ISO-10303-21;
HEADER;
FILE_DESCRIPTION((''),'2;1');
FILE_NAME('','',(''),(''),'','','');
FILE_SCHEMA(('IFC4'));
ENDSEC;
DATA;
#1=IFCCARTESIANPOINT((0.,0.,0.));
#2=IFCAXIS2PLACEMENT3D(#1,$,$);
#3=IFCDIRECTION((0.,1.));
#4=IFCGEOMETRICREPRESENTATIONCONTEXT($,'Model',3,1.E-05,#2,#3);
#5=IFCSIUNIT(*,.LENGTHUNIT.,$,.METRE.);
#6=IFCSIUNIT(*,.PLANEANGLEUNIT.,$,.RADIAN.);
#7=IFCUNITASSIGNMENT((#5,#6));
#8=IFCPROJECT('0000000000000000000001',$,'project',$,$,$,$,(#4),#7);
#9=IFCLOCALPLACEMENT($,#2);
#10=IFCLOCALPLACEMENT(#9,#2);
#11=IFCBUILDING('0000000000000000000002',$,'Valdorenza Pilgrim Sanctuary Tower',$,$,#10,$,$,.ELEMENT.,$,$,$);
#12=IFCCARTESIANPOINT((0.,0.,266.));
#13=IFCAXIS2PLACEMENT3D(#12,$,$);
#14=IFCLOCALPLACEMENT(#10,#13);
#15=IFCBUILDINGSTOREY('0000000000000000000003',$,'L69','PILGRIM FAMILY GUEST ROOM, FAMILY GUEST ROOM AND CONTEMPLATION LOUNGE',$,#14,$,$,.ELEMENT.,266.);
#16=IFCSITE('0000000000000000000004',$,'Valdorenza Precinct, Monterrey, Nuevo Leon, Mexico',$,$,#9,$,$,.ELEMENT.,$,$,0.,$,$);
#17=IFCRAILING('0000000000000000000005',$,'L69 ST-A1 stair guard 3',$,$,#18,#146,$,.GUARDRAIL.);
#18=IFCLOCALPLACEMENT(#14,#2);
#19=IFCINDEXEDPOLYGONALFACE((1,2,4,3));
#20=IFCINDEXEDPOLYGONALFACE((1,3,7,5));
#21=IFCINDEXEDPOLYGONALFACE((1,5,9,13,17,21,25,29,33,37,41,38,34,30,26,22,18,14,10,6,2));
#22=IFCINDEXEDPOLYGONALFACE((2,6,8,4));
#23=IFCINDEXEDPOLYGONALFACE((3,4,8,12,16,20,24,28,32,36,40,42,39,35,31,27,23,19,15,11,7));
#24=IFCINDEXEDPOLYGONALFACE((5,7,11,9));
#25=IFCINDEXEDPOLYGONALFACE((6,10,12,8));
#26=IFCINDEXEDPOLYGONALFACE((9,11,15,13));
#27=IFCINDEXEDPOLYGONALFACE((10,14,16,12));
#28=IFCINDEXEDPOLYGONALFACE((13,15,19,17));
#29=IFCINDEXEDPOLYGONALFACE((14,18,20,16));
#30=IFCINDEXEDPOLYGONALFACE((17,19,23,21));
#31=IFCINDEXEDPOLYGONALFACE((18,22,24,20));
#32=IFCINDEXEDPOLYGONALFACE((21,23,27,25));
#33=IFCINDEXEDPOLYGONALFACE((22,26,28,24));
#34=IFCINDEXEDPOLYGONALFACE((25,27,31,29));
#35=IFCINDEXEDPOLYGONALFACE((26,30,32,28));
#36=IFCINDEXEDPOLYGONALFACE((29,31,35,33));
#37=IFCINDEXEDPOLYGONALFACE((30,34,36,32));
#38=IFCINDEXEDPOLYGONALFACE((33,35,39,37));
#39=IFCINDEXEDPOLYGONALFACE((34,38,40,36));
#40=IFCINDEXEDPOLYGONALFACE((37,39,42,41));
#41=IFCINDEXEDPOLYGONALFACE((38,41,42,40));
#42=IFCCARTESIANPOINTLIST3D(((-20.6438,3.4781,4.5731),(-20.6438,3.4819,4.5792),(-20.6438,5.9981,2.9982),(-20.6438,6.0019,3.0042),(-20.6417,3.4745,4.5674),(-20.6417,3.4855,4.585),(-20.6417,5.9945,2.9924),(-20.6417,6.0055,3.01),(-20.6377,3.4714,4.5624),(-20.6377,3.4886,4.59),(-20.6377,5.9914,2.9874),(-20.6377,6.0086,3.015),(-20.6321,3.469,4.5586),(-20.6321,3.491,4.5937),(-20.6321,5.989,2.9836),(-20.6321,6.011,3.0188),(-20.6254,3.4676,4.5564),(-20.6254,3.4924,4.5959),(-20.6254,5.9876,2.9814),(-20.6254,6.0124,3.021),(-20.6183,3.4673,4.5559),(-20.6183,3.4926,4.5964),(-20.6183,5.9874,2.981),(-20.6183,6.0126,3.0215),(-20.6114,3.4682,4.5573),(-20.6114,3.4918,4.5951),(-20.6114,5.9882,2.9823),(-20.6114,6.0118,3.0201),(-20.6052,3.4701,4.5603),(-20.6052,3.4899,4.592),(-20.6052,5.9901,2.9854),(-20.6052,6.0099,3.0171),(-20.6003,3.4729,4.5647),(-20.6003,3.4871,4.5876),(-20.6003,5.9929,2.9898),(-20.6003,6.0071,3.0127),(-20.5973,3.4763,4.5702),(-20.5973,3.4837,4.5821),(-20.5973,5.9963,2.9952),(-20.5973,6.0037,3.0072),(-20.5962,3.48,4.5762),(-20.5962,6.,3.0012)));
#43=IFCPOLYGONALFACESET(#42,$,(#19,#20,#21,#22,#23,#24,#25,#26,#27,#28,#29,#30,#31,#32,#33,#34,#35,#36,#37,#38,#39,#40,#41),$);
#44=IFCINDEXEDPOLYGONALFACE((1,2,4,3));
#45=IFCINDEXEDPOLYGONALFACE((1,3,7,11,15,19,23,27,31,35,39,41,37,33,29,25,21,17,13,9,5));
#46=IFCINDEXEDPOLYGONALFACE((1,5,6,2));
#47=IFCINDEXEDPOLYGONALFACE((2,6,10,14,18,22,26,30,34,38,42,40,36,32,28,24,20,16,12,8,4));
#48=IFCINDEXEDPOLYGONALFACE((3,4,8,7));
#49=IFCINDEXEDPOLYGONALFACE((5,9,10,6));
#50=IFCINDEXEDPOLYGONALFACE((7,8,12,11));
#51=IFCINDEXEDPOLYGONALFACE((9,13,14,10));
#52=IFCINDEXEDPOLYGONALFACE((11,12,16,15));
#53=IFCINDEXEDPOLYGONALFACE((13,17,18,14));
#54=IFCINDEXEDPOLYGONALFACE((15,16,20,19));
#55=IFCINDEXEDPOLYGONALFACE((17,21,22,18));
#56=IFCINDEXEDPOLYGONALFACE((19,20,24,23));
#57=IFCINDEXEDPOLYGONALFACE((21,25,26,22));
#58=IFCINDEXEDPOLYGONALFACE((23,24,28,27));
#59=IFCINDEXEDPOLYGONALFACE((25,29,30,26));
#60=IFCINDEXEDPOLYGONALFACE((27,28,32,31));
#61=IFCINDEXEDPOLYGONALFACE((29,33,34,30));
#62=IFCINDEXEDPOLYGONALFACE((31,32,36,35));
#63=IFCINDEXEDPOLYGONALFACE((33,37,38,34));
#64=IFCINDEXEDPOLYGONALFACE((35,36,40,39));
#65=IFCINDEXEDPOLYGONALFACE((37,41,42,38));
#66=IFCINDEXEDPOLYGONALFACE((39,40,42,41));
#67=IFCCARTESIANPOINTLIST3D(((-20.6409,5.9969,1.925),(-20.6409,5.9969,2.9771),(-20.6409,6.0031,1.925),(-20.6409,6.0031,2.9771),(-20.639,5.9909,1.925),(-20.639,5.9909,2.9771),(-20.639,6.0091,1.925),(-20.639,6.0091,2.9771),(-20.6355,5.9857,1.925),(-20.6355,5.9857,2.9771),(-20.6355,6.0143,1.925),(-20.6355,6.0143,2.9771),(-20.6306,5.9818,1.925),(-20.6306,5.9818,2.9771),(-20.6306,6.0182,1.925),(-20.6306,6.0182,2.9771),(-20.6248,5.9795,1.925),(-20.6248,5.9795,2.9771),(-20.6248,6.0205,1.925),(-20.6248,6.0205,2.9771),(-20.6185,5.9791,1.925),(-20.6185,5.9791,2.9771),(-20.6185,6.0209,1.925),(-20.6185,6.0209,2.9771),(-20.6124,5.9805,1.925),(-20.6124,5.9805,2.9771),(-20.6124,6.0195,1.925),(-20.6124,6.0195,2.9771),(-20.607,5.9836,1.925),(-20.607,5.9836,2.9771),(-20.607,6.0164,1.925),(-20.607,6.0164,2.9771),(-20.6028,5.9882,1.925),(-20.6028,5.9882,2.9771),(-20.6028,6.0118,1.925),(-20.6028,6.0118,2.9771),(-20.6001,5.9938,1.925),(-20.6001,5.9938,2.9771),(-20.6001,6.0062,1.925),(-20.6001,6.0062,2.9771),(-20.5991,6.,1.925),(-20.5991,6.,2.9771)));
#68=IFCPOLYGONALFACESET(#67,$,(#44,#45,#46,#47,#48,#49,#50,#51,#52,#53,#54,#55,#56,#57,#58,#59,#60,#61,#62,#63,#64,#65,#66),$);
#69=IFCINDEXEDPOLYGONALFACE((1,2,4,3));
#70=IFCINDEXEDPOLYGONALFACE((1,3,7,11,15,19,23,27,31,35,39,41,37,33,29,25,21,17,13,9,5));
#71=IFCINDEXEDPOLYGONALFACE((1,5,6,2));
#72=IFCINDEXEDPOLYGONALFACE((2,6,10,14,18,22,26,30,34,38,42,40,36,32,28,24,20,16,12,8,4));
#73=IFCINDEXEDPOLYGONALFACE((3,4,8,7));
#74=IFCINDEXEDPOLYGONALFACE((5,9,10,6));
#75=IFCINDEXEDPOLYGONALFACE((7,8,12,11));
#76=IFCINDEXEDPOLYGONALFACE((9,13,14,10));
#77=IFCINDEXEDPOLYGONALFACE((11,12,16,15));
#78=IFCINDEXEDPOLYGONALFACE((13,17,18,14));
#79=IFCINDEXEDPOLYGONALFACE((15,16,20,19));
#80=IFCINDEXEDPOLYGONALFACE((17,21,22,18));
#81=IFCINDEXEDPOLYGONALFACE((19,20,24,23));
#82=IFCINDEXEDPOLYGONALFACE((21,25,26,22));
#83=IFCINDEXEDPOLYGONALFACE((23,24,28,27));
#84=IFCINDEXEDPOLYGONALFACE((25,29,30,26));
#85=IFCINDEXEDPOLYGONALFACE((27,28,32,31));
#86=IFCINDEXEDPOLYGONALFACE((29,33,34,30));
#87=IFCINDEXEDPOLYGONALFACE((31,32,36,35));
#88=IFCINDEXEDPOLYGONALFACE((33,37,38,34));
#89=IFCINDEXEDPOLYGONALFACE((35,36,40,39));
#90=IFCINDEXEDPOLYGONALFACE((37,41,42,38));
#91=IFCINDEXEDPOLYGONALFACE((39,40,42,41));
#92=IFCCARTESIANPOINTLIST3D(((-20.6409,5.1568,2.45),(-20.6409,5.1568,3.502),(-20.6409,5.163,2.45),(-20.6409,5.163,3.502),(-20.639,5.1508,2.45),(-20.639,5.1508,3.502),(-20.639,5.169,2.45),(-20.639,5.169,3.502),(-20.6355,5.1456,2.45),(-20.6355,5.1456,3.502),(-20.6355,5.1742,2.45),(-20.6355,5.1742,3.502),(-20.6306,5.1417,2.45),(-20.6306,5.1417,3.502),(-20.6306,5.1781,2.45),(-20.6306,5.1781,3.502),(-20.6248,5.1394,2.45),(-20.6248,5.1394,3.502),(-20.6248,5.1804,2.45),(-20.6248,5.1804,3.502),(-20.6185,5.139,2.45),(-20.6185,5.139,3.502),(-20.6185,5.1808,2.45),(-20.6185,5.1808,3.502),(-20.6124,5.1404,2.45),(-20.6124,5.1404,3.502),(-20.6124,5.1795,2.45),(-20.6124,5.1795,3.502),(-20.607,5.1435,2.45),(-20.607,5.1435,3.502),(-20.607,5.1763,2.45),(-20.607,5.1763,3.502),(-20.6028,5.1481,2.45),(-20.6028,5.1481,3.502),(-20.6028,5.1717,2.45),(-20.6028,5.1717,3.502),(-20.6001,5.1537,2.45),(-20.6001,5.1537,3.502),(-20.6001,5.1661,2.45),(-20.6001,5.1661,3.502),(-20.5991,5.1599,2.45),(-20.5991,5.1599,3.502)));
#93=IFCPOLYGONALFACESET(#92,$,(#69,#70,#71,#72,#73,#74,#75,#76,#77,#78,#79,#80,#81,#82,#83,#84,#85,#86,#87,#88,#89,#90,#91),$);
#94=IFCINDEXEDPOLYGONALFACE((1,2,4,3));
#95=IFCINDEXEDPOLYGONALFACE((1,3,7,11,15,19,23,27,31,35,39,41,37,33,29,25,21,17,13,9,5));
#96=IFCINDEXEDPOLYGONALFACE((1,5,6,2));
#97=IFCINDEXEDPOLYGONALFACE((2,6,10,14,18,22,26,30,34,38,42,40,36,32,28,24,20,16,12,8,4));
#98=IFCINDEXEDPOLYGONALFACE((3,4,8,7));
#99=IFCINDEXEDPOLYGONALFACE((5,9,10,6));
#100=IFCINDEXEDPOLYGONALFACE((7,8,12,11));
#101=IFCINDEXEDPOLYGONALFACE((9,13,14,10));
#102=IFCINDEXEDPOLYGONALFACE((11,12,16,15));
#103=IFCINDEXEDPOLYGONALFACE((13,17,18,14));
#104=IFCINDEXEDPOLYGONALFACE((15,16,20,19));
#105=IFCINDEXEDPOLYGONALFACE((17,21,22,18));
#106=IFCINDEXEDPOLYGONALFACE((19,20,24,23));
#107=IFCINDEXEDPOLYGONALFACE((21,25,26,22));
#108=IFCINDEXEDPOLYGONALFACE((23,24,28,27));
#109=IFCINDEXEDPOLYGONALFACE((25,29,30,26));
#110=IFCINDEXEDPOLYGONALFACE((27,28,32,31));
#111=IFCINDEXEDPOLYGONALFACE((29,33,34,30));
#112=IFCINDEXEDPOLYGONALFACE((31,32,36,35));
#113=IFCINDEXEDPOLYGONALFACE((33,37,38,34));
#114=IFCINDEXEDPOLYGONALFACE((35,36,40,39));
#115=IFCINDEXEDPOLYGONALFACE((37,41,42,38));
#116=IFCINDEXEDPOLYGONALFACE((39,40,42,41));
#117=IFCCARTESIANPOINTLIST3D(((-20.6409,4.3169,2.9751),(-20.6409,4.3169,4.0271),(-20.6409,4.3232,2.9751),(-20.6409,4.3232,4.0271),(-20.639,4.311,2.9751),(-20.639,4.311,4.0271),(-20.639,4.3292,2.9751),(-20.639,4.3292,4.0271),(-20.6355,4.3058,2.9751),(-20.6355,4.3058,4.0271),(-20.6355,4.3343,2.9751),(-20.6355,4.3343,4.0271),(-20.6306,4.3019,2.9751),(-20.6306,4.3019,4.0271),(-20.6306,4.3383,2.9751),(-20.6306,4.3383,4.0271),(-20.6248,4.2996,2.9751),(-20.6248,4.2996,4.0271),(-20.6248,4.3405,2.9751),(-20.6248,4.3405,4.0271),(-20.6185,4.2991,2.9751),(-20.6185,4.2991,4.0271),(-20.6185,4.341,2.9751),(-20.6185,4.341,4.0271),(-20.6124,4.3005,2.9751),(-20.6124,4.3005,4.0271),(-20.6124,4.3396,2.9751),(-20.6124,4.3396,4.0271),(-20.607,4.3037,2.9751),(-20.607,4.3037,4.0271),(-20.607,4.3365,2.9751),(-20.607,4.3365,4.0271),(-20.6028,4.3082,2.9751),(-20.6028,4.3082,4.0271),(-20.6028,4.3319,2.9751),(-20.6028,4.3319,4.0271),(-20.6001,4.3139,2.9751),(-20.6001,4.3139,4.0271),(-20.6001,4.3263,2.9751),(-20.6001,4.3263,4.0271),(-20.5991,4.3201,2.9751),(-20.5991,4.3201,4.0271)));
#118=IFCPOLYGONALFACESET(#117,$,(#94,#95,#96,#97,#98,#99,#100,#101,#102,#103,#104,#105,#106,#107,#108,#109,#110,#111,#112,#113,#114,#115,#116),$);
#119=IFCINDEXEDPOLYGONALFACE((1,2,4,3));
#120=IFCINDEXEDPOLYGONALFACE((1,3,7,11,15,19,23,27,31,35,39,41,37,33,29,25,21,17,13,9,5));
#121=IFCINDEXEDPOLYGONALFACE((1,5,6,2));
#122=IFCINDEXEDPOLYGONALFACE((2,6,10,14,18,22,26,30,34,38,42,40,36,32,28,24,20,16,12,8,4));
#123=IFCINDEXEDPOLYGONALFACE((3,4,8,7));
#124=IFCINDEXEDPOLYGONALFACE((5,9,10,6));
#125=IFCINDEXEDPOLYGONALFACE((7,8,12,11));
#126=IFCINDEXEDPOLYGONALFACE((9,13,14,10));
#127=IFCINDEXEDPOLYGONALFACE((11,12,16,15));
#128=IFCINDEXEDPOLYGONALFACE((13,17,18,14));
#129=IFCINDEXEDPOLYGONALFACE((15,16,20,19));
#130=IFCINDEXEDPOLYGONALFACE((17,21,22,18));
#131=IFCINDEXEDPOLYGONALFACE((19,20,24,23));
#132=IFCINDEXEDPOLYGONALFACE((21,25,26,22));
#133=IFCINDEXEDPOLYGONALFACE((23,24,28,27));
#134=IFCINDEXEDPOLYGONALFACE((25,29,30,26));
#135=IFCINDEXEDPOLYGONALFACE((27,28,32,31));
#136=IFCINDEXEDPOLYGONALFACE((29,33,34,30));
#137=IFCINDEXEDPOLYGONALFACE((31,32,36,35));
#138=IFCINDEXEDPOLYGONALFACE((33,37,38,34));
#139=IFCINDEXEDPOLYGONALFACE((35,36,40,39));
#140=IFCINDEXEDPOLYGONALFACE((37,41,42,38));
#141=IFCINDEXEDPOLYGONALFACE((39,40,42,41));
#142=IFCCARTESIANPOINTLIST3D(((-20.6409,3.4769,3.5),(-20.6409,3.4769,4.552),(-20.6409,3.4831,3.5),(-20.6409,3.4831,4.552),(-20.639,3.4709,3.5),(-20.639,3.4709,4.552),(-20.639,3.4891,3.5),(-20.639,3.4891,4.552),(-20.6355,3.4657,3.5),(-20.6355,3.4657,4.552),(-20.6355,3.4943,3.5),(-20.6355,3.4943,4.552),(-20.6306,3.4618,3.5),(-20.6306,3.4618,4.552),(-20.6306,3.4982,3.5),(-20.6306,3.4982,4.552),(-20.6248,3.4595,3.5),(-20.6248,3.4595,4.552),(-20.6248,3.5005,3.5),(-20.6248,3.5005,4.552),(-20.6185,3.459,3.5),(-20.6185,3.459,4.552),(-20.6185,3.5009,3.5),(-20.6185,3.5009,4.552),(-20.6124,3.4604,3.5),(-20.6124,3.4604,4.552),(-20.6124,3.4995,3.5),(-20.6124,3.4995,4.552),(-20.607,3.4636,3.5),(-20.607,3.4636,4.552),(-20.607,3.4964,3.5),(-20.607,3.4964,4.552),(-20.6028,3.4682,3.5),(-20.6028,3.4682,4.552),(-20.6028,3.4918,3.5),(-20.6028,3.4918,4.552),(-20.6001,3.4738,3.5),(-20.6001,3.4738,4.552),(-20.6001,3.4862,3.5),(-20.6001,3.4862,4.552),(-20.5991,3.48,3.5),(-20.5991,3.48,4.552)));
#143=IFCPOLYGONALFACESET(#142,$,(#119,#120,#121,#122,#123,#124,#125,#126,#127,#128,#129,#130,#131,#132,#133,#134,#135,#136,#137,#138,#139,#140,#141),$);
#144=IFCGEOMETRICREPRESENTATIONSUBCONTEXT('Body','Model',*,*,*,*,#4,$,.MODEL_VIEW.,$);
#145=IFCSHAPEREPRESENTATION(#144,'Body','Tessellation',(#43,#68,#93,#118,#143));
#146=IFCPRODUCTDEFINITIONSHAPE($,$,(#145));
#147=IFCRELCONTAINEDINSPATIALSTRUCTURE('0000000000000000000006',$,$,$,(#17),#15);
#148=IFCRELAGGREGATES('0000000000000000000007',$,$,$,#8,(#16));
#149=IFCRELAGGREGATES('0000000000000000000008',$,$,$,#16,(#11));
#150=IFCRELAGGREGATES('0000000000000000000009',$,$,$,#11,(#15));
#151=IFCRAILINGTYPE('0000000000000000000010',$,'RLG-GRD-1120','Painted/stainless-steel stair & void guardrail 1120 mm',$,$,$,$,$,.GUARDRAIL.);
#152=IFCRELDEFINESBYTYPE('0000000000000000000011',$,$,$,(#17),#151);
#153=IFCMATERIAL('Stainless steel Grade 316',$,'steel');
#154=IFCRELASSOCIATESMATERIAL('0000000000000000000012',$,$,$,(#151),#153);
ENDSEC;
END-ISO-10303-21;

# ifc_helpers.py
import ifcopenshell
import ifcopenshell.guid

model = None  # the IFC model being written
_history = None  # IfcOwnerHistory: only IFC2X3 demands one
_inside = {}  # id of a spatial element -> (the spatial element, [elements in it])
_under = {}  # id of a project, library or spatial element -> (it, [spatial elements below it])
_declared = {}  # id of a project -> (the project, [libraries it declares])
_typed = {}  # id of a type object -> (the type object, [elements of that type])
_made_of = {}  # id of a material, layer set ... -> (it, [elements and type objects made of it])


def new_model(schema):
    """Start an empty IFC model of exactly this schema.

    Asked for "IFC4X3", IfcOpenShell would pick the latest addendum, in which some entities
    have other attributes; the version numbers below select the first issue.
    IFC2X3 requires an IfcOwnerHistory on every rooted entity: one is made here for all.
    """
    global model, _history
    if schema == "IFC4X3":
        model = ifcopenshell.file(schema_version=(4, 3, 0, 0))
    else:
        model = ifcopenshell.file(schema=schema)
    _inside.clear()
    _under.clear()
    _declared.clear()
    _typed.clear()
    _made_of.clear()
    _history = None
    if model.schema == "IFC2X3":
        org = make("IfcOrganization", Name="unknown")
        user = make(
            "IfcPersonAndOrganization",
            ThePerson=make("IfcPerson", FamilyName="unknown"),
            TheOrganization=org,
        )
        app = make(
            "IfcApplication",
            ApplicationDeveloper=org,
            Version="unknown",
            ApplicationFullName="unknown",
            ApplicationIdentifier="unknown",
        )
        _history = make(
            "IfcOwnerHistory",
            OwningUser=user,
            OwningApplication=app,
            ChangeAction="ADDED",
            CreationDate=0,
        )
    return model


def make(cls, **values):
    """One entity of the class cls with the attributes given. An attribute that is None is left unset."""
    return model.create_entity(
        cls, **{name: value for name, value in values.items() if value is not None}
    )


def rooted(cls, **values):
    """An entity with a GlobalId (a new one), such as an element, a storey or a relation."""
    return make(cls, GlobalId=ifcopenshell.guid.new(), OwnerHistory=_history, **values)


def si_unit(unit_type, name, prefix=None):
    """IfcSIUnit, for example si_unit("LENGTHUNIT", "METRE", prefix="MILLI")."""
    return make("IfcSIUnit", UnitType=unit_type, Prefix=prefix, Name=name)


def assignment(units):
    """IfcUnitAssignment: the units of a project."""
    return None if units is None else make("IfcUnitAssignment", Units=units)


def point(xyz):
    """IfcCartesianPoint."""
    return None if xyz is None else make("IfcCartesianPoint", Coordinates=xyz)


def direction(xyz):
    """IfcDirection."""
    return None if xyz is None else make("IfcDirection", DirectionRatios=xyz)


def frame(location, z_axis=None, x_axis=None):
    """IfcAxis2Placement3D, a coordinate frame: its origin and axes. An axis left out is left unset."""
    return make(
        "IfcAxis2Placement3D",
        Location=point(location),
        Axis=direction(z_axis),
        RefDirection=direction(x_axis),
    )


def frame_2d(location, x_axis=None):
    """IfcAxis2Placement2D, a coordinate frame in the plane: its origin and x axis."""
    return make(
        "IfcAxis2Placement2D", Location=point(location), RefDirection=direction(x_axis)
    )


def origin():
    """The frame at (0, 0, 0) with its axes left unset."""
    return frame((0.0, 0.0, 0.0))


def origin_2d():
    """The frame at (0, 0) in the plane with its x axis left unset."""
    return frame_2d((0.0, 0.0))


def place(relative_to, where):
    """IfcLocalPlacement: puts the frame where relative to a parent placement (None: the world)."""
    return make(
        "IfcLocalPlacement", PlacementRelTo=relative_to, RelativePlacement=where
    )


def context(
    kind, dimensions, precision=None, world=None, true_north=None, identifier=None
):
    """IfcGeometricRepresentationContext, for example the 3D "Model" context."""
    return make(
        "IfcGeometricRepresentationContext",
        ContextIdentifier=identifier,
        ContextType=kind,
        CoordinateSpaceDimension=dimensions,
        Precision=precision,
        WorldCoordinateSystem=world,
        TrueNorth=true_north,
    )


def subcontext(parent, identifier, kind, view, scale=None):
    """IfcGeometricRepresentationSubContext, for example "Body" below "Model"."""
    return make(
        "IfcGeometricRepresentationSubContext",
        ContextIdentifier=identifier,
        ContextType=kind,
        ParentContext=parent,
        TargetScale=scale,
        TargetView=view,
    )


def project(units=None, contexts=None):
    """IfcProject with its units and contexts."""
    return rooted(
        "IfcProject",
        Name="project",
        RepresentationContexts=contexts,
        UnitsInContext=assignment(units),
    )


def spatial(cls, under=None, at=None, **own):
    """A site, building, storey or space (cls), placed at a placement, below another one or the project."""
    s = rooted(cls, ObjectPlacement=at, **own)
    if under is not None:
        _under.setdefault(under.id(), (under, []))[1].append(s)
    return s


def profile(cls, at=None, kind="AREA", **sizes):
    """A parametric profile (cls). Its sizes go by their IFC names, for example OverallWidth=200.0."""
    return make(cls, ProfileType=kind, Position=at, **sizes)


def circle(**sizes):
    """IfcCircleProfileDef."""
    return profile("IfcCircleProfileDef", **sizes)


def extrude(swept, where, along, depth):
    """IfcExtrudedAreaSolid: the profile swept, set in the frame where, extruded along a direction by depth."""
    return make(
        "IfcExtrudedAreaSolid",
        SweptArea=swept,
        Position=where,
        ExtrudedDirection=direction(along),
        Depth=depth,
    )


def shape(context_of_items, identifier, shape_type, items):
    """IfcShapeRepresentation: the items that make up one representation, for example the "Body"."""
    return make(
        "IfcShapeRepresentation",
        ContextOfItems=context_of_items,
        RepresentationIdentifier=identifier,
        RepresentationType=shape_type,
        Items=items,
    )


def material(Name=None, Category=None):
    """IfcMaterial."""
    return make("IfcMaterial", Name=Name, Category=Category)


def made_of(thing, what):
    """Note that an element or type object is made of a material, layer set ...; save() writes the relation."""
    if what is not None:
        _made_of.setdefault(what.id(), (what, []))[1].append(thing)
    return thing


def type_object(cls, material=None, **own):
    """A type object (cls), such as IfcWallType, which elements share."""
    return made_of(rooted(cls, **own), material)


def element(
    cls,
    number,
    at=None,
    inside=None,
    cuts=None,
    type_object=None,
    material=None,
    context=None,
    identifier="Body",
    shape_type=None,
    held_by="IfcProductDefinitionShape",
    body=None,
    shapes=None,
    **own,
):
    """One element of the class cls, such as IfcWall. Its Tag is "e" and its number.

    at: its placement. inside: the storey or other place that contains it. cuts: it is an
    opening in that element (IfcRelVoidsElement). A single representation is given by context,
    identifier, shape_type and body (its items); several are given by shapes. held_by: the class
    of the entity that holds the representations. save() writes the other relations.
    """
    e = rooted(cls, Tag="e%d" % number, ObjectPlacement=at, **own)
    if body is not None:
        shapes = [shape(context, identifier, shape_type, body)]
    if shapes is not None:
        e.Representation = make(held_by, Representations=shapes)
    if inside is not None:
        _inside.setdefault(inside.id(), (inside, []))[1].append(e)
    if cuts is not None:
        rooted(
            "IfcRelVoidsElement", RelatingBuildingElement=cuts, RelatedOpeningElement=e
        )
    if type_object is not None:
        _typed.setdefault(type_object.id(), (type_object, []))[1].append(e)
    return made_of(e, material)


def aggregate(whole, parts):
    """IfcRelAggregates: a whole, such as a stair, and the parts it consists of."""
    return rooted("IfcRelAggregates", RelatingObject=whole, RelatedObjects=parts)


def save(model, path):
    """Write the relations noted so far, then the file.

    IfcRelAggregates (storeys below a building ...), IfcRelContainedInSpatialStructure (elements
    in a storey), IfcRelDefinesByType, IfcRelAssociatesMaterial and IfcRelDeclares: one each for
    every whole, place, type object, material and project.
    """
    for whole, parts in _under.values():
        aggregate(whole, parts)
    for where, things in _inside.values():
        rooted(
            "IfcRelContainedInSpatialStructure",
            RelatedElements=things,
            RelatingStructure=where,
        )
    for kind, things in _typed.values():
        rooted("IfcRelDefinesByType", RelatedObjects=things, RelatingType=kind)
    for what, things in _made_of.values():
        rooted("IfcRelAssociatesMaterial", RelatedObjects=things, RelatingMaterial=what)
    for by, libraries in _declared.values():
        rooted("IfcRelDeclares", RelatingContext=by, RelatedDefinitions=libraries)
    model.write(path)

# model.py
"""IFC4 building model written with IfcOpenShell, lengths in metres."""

from ifc_helpers import new_model, si_unit, direction, frame, origin, origin_2d, place, context, subcontext, project, spatial, circle, extrude, material, type_object, element, save


model = new_model("IFC4")

# Units and contexts
model_context = context("Model", 3, precision=1e-05, world=origin(), true_north=direction((0.0, 1.0)))
body_context = subcontext(model_context, "Body", "Model", "MODEL_VIEW")
ifc_project = project(units=[si_unit("LENGTHUNIT", "METRE"), si_unit("PLANEANGLEUNIT", "RADIAN")], contexts=[model_context])

# Site, building, storey
site_placement = place(None, origin())
site = spatial("IfcSite", under=ifc_project, at=site_placement, Name="Valdorenza Precinct, Monterrey, Nuevo Leon, Mexico", CompositionType="ELEMENT", RefElevation=0.0)
building_placement = place(site_placement, origin())
building = spatial("IfcBuilding", under=site, at=building_placement, Name="Valdorenza Pilgrim Sanctuary Tower", CompositionType="ELEMENT")
storey_placement = place(building_placement, frame((0.0, 0.0, 266.0)))
storey = spatial("IfcBuildingStorey", under=building, at=storey_placement, Name="L69", Description="PILGRIM FAMILY GUEST ROOM, FAMILY GUEST ROOM AND CONTEMPLATION LOUNGE", CompositionType="ELEMENT", Elevation=266.0)

# Railing
ifc_material_1 = material(Name="Stainless steel Grade 316", Category="steel")
railing_type_1 = type_object("IfcRailingType", Name="RLG-GRD-1120", Description="Painted/stainless-steel stair & void guardrail 1120 mm", PredefinedType="GUARDRAIL", material=ifc_material_1)
railing_1_placement = place(storey_placement, frame((-20.6201, 6.0, 1.925)))
element("IfcRailing", 1, at=railing_1_placement, inside=storey, type_object=railing_type_1, Name="L69 ST-A1 stair guard 3", PredefinedType="GUARDRAIL", context=body_context, shape_type="SweptSolid", body=[
    extrude(circle(Radius=0.0239, at=origin_2d()), frame((0.0, 0.0, 1.0762), z_axis=(0.0, -0.848008, 0.529984), x_axis=(1.0, 0.0, 0.0)), (0.0, 0.0, 1.0), 2.9717),
    extrude(circle(Radius=0.021, at=origin_2d()), origin(), (0.0, 0.0, 1.0), 1.052),
    extrude(circle(Radius=0.021, at=origin_2d()), frame((0.0, -0.8401, 0.5249)), (0.0, 0.0, 1.0), 1.052),
    extrude(circle(Radius=0.021, at=origin_2d()), frame((0.0, -1.6799, 1.05)), (0.0, 0.0, 1.0), 1.052),
    extrude(circle(Radius=0.021, at=origin_2d()), frame((0.0, -2.52, 1.575)), (0.0, 0.0, 1.0), 1.052),
])

save(model, "model.ifc")
